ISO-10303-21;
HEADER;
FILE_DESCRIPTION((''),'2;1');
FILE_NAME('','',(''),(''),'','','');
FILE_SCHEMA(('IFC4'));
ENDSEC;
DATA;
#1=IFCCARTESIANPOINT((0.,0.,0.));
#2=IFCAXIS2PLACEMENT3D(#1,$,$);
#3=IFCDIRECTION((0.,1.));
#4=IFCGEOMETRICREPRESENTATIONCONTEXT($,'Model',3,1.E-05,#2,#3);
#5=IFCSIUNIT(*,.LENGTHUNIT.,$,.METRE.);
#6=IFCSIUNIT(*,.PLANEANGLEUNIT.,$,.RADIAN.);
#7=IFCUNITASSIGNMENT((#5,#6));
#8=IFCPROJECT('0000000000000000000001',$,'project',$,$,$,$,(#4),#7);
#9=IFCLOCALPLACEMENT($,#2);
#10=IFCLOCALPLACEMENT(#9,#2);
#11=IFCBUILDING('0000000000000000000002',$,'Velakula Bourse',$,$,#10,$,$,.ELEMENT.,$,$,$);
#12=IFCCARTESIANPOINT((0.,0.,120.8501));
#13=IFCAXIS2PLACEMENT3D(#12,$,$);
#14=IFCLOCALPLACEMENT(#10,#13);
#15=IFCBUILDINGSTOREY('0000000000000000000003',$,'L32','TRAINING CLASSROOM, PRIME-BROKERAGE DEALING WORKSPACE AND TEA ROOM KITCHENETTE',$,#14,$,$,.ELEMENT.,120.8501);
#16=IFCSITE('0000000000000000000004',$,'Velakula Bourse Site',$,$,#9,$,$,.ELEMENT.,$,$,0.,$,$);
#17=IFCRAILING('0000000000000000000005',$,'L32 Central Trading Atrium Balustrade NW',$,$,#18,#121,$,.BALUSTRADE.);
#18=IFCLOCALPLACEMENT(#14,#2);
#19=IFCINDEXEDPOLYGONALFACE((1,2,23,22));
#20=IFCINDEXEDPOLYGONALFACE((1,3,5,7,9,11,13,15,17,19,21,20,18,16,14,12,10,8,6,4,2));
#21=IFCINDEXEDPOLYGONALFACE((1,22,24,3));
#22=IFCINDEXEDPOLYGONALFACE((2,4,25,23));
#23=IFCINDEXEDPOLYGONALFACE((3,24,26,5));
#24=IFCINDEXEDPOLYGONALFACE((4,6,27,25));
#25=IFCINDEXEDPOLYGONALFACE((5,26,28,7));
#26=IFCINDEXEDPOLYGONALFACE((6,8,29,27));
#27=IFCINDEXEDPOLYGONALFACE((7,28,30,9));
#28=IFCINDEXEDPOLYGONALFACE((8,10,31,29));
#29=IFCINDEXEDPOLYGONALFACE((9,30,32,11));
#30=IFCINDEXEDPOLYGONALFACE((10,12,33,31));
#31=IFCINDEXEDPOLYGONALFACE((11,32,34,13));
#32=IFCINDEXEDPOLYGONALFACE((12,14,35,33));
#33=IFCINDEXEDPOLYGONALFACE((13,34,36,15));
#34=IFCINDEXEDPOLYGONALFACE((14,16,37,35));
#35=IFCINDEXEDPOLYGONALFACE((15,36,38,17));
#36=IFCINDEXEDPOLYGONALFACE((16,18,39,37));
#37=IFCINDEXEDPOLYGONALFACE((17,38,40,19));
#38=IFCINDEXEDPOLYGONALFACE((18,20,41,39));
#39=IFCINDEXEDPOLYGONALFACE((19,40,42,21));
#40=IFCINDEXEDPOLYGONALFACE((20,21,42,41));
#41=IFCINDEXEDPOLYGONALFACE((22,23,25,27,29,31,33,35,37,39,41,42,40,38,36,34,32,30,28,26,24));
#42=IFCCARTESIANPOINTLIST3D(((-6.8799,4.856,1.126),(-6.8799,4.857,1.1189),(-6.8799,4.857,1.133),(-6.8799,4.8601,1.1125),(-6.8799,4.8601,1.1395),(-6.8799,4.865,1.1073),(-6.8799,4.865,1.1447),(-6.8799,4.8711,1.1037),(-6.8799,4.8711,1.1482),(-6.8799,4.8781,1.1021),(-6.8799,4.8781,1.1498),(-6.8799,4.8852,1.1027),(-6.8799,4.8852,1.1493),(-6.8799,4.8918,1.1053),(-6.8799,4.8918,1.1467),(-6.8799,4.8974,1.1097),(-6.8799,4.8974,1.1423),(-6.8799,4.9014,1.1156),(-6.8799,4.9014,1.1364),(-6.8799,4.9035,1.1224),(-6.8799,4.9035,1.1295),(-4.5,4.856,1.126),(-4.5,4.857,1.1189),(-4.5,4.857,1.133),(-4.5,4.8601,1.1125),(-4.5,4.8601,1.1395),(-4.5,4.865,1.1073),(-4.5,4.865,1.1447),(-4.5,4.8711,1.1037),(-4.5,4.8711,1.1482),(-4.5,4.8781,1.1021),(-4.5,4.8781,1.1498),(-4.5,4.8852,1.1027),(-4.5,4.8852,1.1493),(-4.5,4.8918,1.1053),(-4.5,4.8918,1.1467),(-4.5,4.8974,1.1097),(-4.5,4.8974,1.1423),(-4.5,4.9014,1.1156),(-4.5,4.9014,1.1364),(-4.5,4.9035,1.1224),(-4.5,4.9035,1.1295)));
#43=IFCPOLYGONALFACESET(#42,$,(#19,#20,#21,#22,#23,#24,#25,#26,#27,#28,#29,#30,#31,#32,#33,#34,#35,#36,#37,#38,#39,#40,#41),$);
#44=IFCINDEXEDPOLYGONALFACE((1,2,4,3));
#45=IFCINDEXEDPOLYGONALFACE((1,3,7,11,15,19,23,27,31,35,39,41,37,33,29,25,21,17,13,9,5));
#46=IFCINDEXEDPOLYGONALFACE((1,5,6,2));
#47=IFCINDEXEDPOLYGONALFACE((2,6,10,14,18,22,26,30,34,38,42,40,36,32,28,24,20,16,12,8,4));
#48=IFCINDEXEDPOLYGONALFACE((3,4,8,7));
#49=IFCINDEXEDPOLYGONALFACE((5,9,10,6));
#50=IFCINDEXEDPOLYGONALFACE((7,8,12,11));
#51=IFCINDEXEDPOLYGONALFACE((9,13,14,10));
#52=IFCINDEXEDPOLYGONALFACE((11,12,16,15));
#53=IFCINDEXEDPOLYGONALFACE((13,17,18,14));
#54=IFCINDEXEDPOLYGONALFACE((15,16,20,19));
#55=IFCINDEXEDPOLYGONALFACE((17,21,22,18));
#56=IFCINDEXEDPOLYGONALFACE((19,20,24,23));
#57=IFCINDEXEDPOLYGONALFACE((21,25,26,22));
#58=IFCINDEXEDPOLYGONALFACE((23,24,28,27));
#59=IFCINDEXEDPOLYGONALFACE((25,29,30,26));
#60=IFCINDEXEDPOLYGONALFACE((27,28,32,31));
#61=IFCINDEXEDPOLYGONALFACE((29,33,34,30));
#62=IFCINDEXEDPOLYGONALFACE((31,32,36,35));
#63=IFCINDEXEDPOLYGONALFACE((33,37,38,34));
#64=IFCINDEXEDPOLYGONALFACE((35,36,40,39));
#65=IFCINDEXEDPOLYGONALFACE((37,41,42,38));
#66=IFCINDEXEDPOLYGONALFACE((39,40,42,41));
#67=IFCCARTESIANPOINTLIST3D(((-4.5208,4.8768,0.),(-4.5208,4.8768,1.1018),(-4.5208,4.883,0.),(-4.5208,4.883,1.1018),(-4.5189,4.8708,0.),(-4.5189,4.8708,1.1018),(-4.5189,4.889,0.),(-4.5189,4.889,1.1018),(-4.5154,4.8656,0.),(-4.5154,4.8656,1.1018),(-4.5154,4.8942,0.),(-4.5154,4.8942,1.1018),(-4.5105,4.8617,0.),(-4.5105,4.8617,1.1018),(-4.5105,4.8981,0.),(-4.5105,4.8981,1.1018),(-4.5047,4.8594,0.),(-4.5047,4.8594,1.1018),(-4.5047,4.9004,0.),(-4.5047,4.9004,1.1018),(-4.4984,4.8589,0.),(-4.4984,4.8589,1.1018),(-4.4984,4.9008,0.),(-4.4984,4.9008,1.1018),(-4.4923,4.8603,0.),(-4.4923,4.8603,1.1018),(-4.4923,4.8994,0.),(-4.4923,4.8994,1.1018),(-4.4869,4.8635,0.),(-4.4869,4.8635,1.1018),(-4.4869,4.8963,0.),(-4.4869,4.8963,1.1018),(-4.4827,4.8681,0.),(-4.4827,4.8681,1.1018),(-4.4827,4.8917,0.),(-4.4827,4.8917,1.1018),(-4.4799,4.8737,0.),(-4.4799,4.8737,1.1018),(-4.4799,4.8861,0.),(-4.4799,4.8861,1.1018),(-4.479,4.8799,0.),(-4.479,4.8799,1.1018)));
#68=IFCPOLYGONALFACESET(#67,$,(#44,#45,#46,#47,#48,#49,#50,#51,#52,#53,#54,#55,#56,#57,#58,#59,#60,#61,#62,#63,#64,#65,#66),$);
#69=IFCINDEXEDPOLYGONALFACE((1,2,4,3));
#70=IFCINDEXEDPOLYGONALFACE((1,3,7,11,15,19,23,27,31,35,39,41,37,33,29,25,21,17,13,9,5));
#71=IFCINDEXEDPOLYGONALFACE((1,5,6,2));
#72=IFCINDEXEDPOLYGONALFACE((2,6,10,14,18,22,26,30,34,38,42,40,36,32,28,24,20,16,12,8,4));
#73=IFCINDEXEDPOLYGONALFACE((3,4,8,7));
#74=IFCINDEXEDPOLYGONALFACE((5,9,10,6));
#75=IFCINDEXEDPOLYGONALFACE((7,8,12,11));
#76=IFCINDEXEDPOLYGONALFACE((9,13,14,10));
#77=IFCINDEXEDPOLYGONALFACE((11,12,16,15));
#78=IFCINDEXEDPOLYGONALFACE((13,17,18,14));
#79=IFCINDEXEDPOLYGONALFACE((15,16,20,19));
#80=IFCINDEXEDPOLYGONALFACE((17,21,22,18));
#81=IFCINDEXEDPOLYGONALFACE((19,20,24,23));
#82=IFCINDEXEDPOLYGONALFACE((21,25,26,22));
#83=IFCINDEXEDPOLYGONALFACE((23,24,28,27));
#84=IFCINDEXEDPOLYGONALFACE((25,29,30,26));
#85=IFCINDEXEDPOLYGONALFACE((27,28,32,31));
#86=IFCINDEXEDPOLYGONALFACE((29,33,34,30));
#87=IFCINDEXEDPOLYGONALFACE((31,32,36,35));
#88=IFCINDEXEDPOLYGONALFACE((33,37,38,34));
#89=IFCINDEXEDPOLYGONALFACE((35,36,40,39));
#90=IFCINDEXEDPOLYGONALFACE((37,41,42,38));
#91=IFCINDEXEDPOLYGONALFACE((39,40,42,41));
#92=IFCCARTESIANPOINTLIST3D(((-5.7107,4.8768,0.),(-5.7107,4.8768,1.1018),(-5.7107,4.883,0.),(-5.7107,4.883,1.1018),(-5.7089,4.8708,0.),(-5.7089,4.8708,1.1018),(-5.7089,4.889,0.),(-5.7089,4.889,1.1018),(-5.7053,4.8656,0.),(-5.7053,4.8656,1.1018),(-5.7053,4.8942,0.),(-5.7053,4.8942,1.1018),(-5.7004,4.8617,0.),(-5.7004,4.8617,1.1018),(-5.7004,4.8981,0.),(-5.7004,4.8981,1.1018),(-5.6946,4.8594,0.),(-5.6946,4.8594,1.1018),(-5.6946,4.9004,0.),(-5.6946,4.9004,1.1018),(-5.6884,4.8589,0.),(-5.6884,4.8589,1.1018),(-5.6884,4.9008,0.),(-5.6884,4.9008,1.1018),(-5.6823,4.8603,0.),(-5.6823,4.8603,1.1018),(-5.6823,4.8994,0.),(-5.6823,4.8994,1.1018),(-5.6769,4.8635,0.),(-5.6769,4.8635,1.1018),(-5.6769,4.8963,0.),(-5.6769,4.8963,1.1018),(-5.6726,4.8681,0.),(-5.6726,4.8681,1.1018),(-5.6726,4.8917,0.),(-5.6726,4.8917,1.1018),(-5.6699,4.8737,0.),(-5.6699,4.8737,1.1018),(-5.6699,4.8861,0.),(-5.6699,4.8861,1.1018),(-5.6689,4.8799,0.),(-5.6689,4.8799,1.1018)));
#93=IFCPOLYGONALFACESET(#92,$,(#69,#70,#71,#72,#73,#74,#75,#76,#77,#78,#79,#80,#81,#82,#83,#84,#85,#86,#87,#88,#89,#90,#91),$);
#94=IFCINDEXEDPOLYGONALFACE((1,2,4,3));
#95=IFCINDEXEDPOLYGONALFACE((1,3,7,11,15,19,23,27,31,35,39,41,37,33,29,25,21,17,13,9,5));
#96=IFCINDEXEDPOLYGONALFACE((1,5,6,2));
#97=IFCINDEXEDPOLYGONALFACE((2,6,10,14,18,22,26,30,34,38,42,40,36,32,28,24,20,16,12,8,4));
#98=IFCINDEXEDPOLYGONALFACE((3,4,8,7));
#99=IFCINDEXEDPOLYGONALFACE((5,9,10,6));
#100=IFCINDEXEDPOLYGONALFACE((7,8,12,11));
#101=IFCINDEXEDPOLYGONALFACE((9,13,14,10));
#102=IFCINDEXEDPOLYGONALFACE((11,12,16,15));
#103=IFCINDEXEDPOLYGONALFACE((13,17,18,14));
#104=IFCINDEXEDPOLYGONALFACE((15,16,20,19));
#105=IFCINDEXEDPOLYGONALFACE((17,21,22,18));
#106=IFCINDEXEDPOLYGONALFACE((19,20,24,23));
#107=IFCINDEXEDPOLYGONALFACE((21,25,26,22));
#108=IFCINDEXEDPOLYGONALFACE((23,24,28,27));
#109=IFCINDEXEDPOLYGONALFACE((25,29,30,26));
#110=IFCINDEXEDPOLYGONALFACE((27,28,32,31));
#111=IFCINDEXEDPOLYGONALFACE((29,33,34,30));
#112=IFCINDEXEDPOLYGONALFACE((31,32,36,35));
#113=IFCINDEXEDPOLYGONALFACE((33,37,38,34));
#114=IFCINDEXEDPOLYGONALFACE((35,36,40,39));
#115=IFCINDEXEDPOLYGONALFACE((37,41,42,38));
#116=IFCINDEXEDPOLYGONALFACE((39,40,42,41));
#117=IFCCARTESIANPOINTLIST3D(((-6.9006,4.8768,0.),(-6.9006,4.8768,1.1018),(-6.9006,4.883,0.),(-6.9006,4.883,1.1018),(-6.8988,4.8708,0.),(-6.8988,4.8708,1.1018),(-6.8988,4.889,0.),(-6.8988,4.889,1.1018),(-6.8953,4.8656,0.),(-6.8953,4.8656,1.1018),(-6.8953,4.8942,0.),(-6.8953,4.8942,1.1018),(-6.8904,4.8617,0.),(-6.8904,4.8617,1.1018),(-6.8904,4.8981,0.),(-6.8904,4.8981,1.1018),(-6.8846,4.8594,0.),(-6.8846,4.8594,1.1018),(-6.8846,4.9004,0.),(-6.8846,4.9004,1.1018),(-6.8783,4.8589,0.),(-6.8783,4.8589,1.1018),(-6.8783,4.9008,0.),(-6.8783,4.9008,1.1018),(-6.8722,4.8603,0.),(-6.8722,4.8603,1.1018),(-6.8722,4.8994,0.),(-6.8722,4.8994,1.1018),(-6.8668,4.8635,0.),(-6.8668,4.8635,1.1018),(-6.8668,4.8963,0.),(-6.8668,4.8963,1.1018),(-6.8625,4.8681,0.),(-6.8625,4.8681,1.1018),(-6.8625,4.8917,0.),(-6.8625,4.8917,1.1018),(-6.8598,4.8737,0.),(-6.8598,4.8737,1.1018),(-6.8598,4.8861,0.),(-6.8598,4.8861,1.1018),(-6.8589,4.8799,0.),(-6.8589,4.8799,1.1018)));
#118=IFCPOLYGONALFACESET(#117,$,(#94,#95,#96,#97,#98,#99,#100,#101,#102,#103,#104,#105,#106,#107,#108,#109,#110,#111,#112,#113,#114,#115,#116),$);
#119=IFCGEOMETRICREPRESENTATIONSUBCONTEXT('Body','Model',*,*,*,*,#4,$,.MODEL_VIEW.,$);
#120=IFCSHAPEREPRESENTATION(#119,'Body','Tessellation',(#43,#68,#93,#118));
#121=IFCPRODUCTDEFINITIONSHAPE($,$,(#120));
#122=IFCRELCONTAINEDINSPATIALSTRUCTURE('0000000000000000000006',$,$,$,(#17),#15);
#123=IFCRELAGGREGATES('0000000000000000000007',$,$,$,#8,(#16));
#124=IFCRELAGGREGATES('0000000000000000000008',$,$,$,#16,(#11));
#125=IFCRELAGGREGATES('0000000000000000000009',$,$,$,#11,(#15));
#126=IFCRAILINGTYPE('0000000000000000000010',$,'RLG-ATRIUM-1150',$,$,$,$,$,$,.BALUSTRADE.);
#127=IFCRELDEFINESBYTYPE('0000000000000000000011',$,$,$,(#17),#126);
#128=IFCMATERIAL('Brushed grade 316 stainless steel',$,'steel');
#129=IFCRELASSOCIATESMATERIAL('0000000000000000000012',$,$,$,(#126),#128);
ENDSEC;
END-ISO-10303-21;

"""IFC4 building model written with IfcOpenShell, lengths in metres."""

from ifc_helpers import new_model, si_unit, direction, frame, origin, origin_2d, place, context, subcontext, project, spatial, circle, extrude, material, type_object, element, save


model = new_model("IFC4")

# Units and contexts
model_context = context("Model", 3, precision=1e-05, world=origin(), true_north=direction((0.0, 1.0)))
body_context = subcontext(model_context, "Body", "Model", "MODEL_VIEW")
ifc_project = project(units=[si_unit("LENGTHUNIT", "METRE"), si_unit("PLANEANGLEUNIT", "RADIAN")], contexts=[model_context])

# Site, building, storey
site_placement = place(None, origin())
site = spatial("IfcSite", under=ifc_project, at=site_placement, Name="Velakula Bourse Site", CompositionType="ELEMENT", RefElevation=0.0)
building_placement = place(site_placement, origin())
building = spatial("IfcBuilding", under=site, at=building_placement, Name="Velakula Bourse", CompositionType="ELEMENT")
storey_placement = place(building_placement, frame((0.0, 0.0, 120.8501)))
storey = spatial("IfcBuildingStorey", under=building, at=storey_placement, Name="L32", Description="TRAINING CLASSROOM, PRIME-BROKERAGE DEALING WORKSPACE AND TEA ROOM KITCHENETTE", CompositionType="ELEMENT", Elevation=120.8501)

# Railing
ifc_material_1 = material(Name="Brushed grade 316 stainless steel", Category="steel")
railing_type = type_object("IfcRailingType", Name="RLG-ATRIUM-1150", PredefinedType="BALUSTRADE", material=ifc_material_1)
railing_1_placement = place(storey_placement, frame((-4.5, 4.8799, 0.0)))
element("IfcRailing", 1, at=railing_1_placement, inside=storey, type_object=railing_type, Name="L32 Central Trading Atrium Balustrade NW", PredefinedType="BALUSTRADE", context=body_context, shape_type="SweptSolid", body=[
    extrude(circle(Radius=0.0239, at=origin_2d()), frame((0.0, 0.0, 1.126), z_axis=(-1.0, 0.0, 0.0), x_axis=(0.0, -1.0, 0.0)), (0.0, 0.0, 1.0), 2.3799),
    extrude(circle(Radius=0.021, at=origin_2d()), origin(), (0.0, 0.0, 1.0), 1.1018),
    extrude(circle(Radius=0.021, at=origin_2d()), frame((-1.1899, 0.0, 0.0)), (0.0, 0.0, 1.0), 1.1018),
    extrude(circle(Radius=0.021, at=origin_2d()), frame((-2.3799, 0.0, 0.0)), (0.0, 0.0, 1.0), 1.1018),
])

save(model, "model.ifc")
